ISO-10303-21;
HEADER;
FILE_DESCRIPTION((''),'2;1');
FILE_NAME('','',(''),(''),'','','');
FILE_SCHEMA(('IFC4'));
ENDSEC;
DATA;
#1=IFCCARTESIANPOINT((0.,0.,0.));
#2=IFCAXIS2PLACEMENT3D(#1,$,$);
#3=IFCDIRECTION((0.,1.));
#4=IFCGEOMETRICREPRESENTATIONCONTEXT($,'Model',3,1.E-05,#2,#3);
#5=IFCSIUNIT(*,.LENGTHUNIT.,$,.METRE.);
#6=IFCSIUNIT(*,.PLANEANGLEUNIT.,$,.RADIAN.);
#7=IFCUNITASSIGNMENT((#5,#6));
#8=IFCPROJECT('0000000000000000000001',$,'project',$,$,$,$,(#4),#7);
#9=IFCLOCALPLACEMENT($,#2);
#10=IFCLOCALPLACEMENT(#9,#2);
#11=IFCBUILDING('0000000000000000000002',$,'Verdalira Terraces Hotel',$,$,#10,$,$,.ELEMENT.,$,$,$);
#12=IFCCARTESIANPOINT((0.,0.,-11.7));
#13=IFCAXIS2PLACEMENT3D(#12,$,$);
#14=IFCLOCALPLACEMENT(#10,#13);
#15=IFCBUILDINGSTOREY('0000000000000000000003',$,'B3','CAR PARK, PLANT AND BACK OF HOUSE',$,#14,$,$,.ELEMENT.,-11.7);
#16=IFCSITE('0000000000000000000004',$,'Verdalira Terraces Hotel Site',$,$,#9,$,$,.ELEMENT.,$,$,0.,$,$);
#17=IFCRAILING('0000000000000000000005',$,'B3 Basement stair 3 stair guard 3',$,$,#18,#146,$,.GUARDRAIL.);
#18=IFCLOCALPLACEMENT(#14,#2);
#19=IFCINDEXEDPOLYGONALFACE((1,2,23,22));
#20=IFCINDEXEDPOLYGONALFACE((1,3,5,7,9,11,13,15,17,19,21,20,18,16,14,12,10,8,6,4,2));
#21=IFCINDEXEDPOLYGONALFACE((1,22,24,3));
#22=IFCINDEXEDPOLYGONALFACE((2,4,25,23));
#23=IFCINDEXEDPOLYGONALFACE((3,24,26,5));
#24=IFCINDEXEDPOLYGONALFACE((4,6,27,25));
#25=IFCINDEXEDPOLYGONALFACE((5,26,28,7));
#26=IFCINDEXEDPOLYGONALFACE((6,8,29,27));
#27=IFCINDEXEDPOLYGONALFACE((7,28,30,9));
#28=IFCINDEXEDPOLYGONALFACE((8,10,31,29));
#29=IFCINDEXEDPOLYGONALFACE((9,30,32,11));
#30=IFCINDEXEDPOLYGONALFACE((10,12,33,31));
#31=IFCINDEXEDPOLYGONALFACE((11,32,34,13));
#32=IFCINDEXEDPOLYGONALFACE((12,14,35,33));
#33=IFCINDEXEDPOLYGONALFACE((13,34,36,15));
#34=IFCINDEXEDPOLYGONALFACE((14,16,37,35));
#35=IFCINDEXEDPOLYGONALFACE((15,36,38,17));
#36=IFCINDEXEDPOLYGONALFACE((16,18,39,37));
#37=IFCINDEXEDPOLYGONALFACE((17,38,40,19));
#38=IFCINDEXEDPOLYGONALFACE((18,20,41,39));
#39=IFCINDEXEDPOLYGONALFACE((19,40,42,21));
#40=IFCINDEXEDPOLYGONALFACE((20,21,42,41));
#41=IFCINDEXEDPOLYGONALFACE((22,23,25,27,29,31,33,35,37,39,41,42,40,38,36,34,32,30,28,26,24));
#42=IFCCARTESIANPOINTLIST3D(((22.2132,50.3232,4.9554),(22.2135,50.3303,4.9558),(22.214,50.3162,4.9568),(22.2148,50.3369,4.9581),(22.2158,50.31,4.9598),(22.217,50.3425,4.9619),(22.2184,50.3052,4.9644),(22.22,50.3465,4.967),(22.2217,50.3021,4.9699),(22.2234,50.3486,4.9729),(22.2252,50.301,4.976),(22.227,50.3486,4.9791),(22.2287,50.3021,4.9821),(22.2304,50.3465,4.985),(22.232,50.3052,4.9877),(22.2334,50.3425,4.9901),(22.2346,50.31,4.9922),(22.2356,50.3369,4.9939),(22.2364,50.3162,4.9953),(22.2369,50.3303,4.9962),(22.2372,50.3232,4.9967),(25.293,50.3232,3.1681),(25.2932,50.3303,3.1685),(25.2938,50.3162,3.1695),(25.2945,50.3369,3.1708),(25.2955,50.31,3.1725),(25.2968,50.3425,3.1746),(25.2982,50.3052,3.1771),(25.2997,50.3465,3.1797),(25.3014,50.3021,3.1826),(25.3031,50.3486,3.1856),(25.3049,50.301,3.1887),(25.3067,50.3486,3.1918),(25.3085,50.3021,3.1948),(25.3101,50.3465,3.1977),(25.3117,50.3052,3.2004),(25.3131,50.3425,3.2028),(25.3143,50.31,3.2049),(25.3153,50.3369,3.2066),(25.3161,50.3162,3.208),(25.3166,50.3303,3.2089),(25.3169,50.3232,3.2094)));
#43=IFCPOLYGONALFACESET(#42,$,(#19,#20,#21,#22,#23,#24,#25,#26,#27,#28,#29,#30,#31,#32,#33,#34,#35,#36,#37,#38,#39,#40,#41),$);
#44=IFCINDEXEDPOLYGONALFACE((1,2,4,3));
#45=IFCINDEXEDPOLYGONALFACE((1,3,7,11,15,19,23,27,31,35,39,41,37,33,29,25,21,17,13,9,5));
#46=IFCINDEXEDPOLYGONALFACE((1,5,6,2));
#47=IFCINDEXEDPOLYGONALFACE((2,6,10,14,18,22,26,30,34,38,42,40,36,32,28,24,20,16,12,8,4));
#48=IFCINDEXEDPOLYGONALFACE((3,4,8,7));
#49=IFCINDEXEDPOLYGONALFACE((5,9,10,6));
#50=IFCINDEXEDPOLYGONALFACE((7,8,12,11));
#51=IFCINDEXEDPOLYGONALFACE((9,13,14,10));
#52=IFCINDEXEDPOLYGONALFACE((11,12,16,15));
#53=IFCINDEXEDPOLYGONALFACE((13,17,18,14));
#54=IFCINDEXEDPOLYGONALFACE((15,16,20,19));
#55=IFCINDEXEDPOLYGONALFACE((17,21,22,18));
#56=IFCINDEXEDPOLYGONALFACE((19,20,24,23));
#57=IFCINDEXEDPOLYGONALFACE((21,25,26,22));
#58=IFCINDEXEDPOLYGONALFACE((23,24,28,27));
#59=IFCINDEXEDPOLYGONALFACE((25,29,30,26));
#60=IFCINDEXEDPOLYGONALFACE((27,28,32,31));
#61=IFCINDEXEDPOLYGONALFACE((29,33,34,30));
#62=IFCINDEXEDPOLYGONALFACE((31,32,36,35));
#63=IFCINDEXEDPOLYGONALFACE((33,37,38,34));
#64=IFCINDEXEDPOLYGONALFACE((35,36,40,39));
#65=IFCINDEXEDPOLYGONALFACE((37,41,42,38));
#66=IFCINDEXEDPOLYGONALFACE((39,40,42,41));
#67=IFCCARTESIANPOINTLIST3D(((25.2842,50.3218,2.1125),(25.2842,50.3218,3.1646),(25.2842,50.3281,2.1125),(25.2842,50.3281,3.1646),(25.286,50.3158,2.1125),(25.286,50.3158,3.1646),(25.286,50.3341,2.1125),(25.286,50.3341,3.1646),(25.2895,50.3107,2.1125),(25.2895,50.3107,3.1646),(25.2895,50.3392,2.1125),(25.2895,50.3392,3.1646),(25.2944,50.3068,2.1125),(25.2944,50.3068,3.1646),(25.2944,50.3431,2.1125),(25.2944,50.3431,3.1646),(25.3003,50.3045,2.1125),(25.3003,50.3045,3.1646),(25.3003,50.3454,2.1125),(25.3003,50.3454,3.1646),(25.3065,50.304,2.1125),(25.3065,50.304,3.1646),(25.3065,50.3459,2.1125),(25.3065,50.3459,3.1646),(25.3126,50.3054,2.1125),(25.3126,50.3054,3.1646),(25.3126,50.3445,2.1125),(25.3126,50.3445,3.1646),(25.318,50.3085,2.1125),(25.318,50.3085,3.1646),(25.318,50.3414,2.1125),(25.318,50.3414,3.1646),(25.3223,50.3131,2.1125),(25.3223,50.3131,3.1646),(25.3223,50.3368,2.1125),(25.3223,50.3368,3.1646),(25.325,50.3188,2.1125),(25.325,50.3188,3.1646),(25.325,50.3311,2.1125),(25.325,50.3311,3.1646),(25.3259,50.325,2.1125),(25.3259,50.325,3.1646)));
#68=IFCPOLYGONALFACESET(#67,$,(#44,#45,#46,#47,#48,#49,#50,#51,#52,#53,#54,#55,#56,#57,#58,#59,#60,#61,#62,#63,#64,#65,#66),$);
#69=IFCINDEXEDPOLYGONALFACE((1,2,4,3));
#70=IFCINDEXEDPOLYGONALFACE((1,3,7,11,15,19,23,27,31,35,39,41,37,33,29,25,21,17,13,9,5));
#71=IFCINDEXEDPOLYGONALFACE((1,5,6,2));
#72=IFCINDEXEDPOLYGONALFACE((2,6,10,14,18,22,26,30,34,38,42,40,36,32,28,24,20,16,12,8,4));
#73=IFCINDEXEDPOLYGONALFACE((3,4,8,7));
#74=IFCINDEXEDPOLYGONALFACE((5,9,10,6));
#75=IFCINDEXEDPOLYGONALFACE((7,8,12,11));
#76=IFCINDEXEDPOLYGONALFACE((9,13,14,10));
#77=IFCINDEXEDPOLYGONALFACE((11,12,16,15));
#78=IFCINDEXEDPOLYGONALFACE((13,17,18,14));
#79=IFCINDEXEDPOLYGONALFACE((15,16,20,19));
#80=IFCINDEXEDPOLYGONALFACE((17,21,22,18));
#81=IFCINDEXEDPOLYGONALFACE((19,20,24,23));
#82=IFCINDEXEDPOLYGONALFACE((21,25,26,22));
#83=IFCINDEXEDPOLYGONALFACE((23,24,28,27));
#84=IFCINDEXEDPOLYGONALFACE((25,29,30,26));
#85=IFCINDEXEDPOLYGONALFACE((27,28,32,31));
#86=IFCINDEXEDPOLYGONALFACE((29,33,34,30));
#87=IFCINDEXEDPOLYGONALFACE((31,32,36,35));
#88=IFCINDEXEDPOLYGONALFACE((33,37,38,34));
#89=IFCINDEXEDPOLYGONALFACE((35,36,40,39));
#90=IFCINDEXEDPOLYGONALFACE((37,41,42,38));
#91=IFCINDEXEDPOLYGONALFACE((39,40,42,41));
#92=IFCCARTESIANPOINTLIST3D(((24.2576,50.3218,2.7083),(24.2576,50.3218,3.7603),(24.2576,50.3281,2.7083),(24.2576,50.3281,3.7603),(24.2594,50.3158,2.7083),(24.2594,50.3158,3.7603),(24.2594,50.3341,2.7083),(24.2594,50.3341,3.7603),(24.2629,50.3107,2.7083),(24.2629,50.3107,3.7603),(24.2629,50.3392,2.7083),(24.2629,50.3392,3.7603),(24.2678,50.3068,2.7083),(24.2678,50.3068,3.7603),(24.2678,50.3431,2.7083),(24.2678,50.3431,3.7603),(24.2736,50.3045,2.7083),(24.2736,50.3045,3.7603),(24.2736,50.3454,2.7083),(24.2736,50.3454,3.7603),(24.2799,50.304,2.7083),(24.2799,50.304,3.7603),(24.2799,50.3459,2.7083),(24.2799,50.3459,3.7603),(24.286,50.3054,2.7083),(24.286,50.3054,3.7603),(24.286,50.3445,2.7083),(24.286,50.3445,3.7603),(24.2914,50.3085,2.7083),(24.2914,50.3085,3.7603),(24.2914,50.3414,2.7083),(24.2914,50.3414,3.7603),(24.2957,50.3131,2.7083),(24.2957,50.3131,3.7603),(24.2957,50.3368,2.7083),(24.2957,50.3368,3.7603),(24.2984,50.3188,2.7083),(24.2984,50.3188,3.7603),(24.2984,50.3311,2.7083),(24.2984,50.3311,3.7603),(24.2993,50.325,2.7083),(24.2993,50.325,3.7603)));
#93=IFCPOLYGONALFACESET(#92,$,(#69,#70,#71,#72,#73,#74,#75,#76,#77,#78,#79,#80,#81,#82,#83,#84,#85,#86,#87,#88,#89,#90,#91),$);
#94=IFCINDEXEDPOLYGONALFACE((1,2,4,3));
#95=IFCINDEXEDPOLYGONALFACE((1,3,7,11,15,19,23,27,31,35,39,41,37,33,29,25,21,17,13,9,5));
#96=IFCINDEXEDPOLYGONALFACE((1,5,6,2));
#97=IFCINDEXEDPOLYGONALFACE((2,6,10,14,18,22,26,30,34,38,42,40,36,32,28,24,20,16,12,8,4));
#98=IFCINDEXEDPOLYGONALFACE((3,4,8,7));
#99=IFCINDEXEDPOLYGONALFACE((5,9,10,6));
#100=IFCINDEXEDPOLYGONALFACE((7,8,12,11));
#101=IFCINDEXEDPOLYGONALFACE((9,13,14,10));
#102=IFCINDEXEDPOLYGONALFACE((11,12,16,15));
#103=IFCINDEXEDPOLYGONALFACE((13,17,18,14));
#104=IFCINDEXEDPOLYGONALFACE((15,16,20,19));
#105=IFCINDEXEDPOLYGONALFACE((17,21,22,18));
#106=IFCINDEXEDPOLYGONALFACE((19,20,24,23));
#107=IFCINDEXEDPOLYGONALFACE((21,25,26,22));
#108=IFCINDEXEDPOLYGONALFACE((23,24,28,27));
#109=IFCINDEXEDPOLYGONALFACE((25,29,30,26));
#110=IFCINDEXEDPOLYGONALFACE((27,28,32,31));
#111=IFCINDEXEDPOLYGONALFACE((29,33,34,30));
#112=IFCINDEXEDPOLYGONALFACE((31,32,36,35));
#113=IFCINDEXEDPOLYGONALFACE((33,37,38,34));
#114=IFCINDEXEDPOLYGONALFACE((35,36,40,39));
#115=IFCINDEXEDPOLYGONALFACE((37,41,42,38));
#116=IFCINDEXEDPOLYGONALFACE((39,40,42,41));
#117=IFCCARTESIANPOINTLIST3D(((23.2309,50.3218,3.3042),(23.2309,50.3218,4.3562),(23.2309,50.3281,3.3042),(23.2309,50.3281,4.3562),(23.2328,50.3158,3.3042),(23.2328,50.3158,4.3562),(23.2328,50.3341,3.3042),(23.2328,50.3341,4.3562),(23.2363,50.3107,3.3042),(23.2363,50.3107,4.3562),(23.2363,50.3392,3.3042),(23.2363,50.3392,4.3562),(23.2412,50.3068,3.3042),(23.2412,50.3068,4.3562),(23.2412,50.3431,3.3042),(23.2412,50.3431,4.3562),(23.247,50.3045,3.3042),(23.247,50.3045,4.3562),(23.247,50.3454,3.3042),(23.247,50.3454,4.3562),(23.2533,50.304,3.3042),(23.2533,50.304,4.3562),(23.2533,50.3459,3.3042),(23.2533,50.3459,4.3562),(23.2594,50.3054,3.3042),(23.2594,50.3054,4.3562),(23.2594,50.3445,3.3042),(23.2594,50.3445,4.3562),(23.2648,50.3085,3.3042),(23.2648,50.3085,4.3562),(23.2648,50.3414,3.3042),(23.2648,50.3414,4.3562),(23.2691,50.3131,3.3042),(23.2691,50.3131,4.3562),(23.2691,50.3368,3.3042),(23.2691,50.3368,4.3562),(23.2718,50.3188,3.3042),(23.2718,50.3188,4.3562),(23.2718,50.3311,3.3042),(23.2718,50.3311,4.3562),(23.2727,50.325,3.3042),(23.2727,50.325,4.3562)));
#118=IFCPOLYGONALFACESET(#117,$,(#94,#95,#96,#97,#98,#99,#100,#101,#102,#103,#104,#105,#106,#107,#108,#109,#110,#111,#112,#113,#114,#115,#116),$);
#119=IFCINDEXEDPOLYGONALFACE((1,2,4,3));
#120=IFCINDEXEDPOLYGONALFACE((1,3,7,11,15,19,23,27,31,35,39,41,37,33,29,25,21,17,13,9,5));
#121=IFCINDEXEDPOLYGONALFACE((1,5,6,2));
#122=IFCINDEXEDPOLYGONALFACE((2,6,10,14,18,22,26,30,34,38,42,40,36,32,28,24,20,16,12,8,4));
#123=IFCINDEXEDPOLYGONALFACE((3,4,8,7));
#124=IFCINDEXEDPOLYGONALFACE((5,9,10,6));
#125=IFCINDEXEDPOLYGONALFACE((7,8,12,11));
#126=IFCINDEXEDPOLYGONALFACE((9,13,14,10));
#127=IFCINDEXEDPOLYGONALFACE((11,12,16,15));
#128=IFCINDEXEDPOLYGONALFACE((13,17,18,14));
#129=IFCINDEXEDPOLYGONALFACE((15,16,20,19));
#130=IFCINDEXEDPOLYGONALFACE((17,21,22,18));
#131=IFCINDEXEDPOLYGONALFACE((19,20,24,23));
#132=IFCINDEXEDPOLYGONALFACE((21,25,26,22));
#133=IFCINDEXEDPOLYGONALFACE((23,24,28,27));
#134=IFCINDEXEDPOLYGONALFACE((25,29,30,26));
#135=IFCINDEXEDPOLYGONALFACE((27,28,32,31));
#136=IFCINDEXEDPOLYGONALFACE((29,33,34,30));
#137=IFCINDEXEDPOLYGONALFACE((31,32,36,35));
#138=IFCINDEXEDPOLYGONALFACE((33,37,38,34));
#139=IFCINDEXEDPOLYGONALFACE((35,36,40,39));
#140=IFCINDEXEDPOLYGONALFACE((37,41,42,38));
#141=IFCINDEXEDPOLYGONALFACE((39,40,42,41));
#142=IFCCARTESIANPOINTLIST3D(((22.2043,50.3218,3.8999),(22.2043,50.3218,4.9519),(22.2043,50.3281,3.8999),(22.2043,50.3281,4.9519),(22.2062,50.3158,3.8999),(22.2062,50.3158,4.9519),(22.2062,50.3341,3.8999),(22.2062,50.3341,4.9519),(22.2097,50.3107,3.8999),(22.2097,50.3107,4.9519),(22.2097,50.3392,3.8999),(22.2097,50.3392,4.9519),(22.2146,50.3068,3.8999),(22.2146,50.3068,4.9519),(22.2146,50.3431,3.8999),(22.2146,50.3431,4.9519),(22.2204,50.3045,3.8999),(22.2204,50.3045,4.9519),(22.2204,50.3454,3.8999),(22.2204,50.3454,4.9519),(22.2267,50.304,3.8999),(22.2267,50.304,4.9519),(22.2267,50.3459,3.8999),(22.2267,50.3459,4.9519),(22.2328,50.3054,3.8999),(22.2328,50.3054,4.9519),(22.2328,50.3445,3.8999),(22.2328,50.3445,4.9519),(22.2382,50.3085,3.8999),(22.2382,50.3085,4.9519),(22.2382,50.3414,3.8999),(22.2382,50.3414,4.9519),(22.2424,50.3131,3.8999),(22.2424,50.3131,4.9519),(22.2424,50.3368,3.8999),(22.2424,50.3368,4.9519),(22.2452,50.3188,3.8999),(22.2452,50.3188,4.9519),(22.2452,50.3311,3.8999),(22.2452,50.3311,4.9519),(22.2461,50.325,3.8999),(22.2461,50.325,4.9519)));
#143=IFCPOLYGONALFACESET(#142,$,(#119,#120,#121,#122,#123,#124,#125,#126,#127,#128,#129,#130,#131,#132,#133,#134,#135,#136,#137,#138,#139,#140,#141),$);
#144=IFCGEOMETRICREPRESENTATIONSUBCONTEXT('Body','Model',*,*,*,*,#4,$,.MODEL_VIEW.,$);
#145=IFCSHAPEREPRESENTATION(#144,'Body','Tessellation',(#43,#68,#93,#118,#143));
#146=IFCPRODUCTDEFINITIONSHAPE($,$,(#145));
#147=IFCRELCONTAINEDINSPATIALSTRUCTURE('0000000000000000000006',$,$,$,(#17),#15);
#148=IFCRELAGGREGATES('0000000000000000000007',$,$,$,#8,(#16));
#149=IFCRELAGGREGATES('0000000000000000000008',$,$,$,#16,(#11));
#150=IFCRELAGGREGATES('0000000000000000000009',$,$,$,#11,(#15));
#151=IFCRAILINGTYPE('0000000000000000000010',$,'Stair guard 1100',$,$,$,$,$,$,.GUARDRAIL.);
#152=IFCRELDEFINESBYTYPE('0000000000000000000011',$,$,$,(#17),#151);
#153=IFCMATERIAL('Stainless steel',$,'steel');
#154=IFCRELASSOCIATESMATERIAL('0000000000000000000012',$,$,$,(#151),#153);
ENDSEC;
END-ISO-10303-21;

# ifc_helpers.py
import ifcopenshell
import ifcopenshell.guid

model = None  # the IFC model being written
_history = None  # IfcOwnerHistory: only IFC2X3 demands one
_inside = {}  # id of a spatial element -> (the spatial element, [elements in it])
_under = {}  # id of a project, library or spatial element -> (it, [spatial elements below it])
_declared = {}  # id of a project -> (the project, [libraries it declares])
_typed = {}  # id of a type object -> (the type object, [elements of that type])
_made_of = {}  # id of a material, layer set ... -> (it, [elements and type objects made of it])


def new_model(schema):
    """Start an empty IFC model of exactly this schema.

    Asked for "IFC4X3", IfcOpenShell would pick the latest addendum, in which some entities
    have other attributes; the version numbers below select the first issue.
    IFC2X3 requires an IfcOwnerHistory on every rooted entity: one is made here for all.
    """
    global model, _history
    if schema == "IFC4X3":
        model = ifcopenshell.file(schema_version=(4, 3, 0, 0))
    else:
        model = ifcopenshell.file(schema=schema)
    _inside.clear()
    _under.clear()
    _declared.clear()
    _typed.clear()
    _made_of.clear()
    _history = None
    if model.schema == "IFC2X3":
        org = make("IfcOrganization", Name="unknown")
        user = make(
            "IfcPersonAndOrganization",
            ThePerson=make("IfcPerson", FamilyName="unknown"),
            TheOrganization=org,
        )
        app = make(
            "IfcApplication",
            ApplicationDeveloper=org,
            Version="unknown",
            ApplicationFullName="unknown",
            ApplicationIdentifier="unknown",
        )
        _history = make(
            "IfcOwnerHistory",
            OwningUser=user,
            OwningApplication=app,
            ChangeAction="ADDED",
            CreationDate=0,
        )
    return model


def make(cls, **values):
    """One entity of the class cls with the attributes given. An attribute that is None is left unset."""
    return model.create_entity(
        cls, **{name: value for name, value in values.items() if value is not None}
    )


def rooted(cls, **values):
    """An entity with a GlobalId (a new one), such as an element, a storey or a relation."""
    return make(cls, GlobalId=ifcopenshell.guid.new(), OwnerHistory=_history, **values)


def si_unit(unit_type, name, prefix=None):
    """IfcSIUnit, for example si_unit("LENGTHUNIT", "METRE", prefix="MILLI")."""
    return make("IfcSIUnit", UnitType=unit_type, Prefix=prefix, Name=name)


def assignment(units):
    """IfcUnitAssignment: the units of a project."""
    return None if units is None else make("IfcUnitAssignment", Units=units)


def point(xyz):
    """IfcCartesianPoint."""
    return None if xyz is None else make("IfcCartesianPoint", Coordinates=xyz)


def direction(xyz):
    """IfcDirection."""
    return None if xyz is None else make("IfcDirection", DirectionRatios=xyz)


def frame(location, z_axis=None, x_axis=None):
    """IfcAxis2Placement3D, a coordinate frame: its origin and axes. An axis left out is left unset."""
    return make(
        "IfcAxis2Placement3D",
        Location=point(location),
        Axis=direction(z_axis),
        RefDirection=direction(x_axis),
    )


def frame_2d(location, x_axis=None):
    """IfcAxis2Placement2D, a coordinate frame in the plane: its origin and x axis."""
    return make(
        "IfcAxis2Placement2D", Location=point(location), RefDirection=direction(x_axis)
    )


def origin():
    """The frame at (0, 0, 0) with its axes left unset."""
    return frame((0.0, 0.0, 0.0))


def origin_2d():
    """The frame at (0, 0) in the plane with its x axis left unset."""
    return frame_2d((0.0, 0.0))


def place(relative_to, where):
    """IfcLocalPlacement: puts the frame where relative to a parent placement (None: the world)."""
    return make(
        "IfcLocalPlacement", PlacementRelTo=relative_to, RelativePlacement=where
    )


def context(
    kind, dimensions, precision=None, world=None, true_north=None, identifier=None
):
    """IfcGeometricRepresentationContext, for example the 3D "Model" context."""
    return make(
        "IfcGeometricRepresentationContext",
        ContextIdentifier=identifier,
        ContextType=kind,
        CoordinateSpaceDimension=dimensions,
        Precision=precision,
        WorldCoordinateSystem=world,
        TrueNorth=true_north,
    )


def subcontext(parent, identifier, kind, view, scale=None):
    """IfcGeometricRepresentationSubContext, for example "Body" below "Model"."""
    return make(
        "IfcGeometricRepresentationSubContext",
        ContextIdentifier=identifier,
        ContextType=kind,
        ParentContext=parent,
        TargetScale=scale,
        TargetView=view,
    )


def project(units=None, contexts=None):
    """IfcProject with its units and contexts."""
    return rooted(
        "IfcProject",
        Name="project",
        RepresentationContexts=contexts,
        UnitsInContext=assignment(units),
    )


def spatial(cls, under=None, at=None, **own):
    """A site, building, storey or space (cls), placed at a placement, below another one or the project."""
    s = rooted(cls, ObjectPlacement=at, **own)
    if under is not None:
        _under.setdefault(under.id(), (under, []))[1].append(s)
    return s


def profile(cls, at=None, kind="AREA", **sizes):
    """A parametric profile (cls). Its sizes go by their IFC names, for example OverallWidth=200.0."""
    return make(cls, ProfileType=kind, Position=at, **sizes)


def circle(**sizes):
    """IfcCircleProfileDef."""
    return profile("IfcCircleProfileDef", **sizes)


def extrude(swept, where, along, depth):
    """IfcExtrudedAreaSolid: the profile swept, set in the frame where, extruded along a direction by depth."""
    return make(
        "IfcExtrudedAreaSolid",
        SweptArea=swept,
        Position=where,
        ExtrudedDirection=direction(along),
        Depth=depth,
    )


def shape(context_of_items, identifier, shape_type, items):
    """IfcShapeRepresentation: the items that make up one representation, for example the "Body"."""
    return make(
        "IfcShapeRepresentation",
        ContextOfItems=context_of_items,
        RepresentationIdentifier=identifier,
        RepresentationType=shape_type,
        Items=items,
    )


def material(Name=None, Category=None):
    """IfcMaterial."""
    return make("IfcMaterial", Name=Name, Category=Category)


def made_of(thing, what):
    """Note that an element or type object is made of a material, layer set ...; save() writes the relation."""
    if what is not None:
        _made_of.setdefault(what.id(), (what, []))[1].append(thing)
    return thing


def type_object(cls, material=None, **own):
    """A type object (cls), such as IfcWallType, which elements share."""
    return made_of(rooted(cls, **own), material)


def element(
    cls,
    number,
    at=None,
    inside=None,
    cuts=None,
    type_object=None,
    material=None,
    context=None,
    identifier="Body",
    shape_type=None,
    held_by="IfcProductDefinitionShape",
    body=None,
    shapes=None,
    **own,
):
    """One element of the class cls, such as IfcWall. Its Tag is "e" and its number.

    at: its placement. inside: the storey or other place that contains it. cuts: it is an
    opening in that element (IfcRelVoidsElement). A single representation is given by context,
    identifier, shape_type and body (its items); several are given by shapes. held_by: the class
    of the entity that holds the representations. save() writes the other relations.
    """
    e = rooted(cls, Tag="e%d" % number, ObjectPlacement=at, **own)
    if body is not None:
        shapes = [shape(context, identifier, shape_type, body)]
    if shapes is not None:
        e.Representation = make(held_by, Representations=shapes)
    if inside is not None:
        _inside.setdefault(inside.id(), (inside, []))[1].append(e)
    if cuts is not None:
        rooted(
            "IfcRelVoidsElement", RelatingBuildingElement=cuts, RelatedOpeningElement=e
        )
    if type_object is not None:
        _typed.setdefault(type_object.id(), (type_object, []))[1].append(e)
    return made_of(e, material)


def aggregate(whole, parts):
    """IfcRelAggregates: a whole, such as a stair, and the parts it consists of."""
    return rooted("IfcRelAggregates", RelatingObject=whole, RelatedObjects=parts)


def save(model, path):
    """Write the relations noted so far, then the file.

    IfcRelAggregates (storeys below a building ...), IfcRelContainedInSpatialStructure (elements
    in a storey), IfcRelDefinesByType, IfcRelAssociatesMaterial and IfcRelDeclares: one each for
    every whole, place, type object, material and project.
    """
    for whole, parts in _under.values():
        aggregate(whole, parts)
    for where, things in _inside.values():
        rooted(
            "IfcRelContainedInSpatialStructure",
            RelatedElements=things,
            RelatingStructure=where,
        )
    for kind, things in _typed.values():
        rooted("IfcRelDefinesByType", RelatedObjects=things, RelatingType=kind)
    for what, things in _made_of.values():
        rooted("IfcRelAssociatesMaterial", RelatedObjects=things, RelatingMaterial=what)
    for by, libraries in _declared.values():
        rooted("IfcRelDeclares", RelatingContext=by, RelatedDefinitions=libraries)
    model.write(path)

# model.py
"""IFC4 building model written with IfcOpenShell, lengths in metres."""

from ifc_helpers import new_model, si_unit, direction, frame, origin, origin_2d, place, context, subcontext, project, spatial, circle, extrude, material, type_object, element, save


model = new_model("IFC4")

# Units and contexts
model_context = context("Model", 3, precision=1e-05, world=origin(), true_north=direction((0.0, 1.0)))
body_context = subcontext(model_context, "Body", "Model", "MODEL_VIEW")
ifc_project = project(units=[si_unit("LENGTHUNIT", "METRE"), si_unit("PLANEANGLEUNIT", "RADIAN")], contexts=[model_context])

# Site, building, storey
site_placement = place(None, origin())
site = spatial("IfcSite", under=ifc_project, at=site_placement, Name="Verdalira Terraces Hotel Site", CompositionType="ELEMENT", RefElevation=0.0)
building_placement = place(site_placement, origin())
building = spatial("IfcBuilding", under=site, at=building_placement, Name="Verdalira Terraces Hotel", CompositionType="ELEMENT")
storey_placement = place(building_placement, frame((0.0, 0.0, -11.7)))
storey = spatial("IfcBuildingStorey", under=building, at=storey_placement, Name="B3", Description="CAR PARK, PLANT AND BACK OF HOUSE", CompositionType="ELEMENT", Elevation=-11.7)

# Railing
ifc_material_1 = material(Name="Stainless steel", Category="steel")
railing_type_1 = type_object("IfcRailingType", Name="Stair guard 1100", PredefinedType="GUARDRAIL", material=ifc_material_1)
railing_1_placement = place(storey_placement, frame((25.3049, 50.325, 2.1125)))
element("IfcRailing", 1, at=railing_1_placement, inside=storey, type_object=railing_type_1, Name="B3 Basement stair 3 stair guard 3", PredefinedType="GUARDRAIL", context=body_context, shape_type="SweptSolid", body=[
    extrude(circle(Radius=0.0239, at=origin_2d()), frame((0.0, 0.0, 1.0762), z_axis=(-0.864903, 0.0, 0.501939), x_axis=(0.0, -1.0, 0.0)), (0.0, 0.0, 1.0), 3.5608),
    extrude(circle(Radius=0.021, at=origin_2d()), origin(), (0.0, 0.0, 1.0), 1.052),
    extrude(circle(Radius=0.021, at=origin_2d()), frame((-1.0266, 0.0, 0.5957)), (0.0, 0.0, 1.0), 1.052),
    extrude(circle(Radius=0.021, at=origin_2d()), frame((-2.0532, 0.0, 1.1917)), (0.0, 0.0, 1.0), 1.052),
    extrude(circle(Radius=0.021, at=origin_2d()), frame((-3.0798, 0.0, 1.7874)), (0.0, 0.0, 1.0), 1.052),
])

save(model, "model.ifc")
